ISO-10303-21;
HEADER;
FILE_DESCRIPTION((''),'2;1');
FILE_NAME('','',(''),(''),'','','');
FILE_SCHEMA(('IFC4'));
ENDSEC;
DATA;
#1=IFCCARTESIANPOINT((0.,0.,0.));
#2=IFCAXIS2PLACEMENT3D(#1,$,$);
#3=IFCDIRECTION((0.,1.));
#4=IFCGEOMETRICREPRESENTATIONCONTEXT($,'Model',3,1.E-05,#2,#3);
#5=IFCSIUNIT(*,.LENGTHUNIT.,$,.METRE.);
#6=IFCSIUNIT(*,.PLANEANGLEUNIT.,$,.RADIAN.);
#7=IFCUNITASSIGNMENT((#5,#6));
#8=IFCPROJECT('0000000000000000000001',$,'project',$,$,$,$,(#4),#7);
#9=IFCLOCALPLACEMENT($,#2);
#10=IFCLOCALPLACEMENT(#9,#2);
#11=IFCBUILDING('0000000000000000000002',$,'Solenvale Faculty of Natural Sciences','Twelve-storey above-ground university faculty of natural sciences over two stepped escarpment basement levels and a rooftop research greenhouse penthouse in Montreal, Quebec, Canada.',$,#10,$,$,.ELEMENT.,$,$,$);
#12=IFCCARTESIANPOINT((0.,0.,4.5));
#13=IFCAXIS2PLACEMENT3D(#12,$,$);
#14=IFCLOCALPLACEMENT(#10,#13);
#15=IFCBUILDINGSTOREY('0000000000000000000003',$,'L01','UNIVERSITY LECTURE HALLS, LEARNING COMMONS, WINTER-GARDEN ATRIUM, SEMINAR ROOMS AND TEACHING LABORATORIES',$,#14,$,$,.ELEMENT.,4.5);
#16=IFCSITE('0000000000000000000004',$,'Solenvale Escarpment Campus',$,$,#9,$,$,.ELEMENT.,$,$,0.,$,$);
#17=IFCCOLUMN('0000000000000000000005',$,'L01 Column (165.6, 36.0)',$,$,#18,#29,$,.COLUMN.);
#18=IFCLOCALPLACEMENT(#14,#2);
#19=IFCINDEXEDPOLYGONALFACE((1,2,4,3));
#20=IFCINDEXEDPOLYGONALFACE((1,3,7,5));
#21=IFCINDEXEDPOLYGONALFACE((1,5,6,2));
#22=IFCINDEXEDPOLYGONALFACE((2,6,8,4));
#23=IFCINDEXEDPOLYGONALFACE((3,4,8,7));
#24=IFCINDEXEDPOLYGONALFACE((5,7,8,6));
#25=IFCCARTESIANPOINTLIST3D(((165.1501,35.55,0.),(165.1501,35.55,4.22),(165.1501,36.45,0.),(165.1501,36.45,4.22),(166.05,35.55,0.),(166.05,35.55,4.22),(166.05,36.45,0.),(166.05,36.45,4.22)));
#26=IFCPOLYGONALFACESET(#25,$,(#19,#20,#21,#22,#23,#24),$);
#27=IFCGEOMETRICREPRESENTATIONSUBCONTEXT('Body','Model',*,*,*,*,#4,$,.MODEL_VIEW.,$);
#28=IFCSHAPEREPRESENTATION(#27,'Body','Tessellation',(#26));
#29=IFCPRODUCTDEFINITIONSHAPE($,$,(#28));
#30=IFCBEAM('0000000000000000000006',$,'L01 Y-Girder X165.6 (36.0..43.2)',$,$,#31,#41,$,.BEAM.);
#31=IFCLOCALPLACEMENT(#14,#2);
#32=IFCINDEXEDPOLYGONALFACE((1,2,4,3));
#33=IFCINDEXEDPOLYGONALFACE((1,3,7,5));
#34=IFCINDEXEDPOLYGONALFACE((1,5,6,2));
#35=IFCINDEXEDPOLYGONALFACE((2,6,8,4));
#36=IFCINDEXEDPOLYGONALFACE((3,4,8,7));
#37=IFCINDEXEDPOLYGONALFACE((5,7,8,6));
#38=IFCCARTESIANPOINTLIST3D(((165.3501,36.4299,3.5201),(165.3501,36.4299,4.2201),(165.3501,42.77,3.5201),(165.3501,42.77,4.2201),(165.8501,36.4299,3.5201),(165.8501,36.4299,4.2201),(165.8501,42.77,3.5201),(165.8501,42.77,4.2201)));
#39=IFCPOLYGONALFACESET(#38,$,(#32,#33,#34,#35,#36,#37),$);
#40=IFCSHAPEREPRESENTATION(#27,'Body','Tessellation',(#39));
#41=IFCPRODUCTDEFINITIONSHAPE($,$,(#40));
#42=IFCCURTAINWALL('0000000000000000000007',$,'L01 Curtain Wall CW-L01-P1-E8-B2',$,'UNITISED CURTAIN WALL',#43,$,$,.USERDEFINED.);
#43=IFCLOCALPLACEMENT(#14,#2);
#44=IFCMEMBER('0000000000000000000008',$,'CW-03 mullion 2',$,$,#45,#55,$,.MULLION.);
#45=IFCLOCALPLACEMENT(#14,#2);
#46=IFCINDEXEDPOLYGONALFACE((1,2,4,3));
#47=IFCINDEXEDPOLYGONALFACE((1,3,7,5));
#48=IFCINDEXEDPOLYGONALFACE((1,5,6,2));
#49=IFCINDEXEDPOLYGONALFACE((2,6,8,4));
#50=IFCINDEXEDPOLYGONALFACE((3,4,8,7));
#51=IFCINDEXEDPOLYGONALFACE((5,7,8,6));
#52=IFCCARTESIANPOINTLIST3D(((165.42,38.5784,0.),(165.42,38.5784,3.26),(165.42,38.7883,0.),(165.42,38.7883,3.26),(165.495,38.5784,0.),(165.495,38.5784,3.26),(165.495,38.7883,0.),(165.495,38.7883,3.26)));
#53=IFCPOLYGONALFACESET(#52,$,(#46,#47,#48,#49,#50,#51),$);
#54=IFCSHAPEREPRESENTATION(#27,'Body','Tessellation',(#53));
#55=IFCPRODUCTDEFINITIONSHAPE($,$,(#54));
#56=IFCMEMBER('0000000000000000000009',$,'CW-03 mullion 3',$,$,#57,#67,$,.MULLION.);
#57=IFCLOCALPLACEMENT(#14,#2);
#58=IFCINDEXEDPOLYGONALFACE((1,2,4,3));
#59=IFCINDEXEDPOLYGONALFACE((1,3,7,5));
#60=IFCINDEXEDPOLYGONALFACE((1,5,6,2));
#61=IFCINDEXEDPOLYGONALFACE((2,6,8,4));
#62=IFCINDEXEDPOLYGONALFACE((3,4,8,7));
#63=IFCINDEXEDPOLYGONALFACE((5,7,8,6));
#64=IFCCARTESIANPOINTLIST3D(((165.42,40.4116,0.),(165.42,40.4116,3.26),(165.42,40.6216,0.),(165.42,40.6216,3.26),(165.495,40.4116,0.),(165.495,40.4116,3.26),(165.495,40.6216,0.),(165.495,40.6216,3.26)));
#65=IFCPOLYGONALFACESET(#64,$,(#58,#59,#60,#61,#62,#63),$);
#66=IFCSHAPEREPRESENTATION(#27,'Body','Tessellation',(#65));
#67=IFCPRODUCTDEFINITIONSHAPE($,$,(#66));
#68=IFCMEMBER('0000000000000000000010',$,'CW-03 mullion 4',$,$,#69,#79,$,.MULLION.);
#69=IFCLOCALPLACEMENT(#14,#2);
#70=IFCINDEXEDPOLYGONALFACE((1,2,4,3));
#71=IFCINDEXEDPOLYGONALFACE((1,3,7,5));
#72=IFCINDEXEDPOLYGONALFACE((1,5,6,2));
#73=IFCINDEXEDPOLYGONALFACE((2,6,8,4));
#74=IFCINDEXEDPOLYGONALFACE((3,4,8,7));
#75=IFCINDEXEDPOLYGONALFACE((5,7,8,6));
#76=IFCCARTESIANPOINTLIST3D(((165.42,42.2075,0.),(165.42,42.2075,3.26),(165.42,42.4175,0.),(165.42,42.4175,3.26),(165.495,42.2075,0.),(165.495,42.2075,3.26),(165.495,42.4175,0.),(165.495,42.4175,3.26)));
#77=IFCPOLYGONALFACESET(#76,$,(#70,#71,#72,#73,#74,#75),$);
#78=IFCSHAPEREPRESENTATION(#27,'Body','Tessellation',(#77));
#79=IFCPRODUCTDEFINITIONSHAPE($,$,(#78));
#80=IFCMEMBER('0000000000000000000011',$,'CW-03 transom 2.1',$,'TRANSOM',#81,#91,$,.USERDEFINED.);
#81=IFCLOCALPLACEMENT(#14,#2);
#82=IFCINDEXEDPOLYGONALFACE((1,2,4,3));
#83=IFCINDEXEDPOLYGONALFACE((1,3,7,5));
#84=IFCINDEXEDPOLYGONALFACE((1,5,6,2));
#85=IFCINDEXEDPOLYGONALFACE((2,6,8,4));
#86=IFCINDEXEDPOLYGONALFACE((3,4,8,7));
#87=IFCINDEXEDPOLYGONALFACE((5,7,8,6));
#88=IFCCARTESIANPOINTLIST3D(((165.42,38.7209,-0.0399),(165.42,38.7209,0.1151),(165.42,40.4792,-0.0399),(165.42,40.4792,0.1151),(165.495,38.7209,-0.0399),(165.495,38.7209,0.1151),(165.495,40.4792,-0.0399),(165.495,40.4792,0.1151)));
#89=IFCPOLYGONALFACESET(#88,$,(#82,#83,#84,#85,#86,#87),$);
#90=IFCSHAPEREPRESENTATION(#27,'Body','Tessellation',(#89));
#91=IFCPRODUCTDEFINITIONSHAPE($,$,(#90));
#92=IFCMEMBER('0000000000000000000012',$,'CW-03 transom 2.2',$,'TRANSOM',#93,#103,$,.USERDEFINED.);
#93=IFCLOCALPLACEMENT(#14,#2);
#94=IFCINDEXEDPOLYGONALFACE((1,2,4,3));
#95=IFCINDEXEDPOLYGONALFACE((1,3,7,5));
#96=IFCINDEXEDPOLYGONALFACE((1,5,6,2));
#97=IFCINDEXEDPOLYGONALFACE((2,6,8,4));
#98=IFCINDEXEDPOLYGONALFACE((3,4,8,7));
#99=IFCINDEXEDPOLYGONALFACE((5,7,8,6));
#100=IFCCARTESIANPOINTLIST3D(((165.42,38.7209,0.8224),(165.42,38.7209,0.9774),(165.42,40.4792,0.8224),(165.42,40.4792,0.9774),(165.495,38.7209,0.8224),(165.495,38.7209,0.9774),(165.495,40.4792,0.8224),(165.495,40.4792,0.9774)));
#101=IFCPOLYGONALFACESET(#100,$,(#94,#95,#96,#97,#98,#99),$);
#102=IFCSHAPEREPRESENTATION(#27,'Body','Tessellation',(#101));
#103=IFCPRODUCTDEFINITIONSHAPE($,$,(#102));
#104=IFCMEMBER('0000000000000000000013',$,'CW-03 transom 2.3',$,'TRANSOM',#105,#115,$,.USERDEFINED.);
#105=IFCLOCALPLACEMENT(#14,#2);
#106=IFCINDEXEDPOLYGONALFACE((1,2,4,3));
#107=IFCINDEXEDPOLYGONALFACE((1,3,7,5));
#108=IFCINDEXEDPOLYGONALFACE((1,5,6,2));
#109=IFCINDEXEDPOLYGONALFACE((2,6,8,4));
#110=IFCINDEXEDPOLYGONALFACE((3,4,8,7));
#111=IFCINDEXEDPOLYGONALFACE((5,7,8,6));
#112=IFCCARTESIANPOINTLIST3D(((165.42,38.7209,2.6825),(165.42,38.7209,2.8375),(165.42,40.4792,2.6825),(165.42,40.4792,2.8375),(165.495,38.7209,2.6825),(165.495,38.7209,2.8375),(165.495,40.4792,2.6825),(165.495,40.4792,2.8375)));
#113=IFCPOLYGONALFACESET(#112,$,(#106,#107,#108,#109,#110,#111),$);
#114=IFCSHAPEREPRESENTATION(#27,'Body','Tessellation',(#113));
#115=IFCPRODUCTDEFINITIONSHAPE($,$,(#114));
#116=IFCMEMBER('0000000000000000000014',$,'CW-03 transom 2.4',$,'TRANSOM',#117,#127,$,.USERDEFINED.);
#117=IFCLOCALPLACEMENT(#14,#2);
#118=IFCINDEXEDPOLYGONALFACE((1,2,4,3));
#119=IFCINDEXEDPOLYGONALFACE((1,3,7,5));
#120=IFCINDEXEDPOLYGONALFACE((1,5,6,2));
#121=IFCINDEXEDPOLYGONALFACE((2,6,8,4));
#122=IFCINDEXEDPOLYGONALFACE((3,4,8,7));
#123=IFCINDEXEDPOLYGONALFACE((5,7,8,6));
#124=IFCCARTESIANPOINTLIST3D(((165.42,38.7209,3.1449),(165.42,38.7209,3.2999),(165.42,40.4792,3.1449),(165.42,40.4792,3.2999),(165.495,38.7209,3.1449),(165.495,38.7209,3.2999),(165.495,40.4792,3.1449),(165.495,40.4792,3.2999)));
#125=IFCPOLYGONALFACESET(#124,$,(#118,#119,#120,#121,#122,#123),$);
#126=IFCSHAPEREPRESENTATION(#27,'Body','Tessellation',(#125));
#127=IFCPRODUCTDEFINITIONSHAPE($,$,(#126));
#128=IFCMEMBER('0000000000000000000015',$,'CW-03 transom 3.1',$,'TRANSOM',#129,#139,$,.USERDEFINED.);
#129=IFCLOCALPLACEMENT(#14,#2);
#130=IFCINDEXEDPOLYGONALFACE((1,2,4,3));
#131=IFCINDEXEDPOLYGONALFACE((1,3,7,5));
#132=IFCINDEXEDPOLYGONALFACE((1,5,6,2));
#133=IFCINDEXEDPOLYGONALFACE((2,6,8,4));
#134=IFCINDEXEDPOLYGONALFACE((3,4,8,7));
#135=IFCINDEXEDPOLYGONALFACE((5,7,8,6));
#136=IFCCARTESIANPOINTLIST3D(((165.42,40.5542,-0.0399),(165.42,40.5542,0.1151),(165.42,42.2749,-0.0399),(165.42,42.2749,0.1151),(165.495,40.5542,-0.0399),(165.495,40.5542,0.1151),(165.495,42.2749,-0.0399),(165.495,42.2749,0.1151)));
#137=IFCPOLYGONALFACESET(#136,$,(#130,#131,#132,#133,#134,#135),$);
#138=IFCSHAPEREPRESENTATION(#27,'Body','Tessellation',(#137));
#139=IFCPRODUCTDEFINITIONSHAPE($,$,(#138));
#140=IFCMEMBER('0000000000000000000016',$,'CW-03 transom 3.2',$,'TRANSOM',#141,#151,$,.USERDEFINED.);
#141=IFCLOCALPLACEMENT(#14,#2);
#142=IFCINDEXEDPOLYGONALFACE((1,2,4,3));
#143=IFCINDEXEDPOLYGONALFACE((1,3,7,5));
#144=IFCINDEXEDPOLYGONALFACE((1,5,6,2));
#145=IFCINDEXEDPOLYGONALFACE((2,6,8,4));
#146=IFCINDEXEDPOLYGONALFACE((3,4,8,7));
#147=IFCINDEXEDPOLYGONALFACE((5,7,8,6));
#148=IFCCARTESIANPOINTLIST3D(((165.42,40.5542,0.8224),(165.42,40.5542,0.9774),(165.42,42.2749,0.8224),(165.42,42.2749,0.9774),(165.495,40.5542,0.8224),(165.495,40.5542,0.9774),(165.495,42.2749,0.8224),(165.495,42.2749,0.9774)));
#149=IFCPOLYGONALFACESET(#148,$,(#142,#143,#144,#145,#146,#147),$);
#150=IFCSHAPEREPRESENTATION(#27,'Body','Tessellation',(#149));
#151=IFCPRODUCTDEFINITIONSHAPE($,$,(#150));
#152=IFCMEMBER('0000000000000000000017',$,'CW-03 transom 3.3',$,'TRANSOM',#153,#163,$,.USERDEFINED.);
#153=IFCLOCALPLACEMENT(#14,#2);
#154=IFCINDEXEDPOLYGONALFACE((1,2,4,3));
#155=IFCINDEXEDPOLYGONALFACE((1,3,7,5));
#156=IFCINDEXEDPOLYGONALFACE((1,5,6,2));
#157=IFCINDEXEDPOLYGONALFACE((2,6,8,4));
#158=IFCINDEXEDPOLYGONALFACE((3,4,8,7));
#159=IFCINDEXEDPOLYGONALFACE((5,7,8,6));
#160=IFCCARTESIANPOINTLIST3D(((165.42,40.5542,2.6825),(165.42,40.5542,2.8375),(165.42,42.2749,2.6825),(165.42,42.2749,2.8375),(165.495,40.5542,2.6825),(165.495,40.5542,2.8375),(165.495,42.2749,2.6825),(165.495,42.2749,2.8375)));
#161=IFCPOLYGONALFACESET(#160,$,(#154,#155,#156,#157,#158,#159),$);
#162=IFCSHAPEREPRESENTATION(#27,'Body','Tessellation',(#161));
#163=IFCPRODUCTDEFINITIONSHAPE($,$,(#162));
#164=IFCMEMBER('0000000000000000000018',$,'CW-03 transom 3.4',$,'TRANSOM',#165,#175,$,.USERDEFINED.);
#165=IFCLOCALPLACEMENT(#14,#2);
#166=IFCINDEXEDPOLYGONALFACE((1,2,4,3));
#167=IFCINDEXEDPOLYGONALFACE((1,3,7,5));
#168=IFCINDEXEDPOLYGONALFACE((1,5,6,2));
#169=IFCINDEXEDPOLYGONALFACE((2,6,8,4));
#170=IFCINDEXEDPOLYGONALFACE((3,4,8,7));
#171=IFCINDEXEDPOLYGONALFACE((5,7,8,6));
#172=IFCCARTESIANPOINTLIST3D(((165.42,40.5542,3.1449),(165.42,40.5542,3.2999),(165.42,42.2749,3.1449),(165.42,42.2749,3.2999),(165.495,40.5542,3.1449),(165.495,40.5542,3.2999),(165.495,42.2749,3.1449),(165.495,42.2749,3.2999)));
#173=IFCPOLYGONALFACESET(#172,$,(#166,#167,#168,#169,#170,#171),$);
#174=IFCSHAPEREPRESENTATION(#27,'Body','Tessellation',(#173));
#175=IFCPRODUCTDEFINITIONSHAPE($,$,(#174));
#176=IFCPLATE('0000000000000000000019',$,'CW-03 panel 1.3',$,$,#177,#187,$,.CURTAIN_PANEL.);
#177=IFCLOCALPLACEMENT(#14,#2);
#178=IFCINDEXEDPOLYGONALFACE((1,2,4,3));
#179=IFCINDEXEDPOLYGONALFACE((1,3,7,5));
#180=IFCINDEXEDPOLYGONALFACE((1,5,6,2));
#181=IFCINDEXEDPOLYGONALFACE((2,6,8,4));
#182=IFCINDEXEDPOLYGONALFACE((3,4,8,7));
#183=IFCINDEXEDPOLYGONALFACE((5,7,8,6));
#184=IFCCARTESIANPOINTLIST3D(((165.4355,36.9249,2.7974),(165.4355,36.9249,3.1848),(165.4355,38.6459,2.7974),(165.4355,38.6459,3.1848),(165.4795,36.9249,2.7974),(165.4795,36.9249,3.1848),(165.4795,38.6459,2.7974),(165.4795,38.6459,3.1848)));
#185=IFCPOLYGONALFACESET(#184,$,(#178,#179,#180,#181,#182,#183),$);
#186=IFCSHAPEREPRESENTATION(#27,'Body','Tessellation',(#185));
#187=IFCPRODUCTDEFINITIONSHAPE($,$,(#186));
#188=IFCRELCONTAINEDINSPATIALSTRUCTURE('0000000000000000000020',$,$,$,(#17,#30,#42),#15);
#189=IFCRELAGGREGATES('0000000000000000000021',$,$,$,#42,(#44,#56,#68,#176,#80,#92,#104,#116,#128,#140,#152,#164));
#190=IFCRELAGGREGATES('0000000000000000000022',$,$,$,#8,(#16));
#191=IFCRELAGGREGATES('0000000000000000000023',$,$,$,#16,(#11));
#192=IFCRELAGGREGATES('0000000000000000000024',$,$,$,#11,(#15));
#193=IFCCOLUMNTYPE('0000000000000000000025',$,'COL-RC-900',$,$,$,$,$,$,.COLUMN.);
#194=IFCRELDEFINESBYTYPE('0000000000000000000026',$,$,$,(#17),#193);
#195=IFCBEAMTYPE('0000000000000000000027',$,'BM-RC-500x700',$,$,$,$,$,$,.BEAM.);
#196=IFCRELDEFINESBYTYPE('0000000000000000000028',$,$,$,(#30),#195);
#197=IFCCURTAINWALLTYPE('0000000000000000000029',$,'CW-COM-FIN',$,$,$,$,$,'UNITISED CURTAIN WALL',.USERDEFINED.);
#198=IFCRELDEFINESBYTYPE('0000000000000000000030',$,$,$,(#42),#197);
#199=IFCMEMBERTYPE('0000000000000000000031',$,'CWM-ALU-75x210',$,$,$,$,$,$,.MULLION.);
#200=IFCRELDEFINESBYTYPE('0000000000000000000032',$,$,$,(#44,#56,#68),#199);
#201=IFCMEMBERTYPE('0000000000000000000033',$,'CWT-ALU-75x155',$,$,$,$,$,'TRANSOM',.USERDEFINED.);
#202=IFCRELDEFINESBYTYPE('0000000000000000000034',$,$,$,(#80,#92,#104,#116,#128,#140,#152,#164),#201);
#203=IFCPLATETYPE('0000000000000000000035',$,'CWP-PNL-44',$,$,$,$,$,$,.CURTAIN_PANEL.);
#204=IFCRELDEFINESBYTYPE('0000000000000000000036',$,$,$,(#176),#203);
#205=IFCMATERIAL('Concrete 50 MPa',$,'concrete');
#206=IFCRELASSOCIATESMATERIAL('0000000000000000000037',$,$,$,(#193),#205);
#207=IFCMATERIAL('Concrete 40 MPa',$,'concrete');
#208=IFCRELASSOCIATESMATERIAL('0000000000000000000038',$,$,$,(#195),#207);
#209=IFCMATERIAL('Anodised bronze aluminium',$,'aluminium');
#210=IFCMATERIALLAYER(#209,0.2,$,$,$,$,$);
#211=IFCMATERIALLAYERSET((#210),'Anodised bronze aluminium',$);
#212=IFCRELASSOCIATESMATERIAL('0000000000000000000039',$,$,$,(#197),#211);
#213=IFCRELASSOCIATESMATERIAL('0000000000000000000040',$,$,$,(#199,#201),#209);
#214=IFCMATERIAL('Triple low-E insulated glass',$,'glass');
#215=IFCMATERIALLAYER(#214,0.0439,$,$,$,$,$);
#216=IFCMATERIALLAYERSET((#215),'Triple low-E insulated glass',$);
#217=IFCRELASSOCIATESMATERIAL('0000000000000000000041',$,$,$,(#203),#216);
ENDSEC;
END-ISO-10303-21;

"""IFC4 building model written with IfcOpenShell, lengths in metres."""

from ifc_helpers import new_model, si_unit, direction, frame, origin, origin_2d, place, context, subcontext, project, spatial, rectangle, extrude, material, layer, layer_set, material_profile, profile_set, type_object, element, aggregate, save


model = new_model("IFC4")

# Units and contexts
model_context = context("Model", 3, precision=1e-05, world=origin(), true_north=direction((0.0, 1.0)))
body_context = subcontext(model_context, "Body", "Model", "MODEL_VIEW")
ifc_project = project(units=[si_unit("LENGTHUNIT", "METRE"), si_unit("PLANEANGLEUNIT", "RADIAN")], contexts=[model_context])

# Site, building, storey
site_placement = place(None, origin())
site = spatial("IfcSite", under=ifc_project, at=site_placement, Name="Solenvale Escarpment Campus", CompositionType="ELEMENT", RefElevation=0.0)
building_placement = place(site_placement, origin())
building = spatial("IfcBuilding", under=site, at=building_placement, Name="Solenvale Faculty of Natural Sciences", Description="Twelve-storey above-ground university faculty of natural sciences over two stepped escarpment basement levels and a rooftop research greenhouse penthouse in Montreal, Quebec, Canada.", CompositionType="ELEMENT")
storey_placement = place(building_placement, frame((0.0, 0.0, 4.5)))
storey = spatial("IfcBuildingStorey", under=building, at=storey_placement, Name="L01", Description="UNIVERSITY LECTURE HALLS, LEARNING COMMONS, WINTER-GARDEN ATRIUM, SEMINAR ROOMS AND TEACHING LABORATORIES", CompositionType="ELEMENT", Elevation=4.5)

# Column
ifc_material_1 = material(Name="Concrete 50 MPa", Category="concrete")
ifc_material_profile_1 = material_profile(ifc_material_1, rectangle(XDim=0.8999, YDim=0.8999, at=origin_2d()), Name="RC-COL-900x900")
ifc_profile_set_1 = profile_set([ifc_material_profile_1], Name="Concrete 50 MPa")
column_type = type_object("IfcColumnType", Name="COL-RC-900", PredefinedType="COLUMN", material=ifc_profile_set_1)
column_placement = place(storey_placement, frame((165.6001, 36.0, 0.0), z_axis=(0.0, 0.0, 1.0), x_axis=(1.0, 0.0, 0.0)))
element("IfcColumn", 1, at=column_placement, inside=storey, type_object=column_type, Name="L01 Column (165.6, 36.0)", PredefinedType="COLUMN", context=body_context, shape_type="SweptSolid", body=[
    extrude(rectangle(XDim=0.8999, YDim=0.8999, at=origin_2d()), origin(), (0.0, 0.0, 1.0), 4.22),
])

# Beam
ifc_material_2 = material(Name="Concrete 40 MPa", Category="concrete")
ifc_material_profile_2 = material_profile(ifc_material_2, rectangle(XDim=0.5, YDim=0.7, at=origin_2d()), Name="RC-BM-500x700")
ifc_profile_set_2 = profile_set([ifc_material_profile_2], Name="Concrete 40 MPa")
beam_type = type_object("IfcBeamType", Name="BM-RC-500x700", PredefinedType="BEAM", material=ifc_profile_set_2)
beam_placement = place(storey_placement, frame((165.6001, 36.4299, 3.8701), z_axis=(0.0, 1.0, 0.0), x_axis=(-1.0, 0.0, 0.0)))
element("IfcBeam", 2, at=beam_placement, inside=storey, type_object=beam_type, Name="L01 Y-Girder X165.6 (36.0..43.2)", PredefinedType="BEAM", context=body_context, shape_type="SweptSolid", body=[
    extrude(rectangle(XDim=0.5, YDim=0.7, at=origin_2d()), origin(), (0.0, 0.0, 1.0), 6.3401),
])

# Curtain wall, members, plate
ifc_material_3 = material(Name="Anodised bronze aluminium", Category="aluminium")
ifc_layer_1 = layer(ifc_material_3, 0.2)
ifc_layer_set_1 = layer_set([ifc_layer_1], Name="Anodised bronze aluminium")
curtain_wall_type = type_object("IfcCurtainWallType", Name="CW-COM-FIN", ElementType="UNITISED CURTAIN WALL", PredefinedType="USERDEFINED", material=ifc_layer_set_1)
curtain_wall_placement = place(storey_placement, origin())
curtain_wall = element("IfcCurtainWall", 3, at=curtain_wall_placement, inside=storey, type_object=curtain_wall_type, Name="L01 Curtain Wall CW-L01-P1-E8-B2", ObjectType="UNITISED CURTAIN WALL", PredefinedType="USERDEFINED")
ifc_material_profile_3 = material_profile(ifc_material_3, rectangle(XDim=0.075, YDim=0.21, at=origin_2d()), Name="ALU-MUL-75x210")
ifc_profile_set_3 = profile_set([ifc_material_profile_3], Name="Anodised bronze aluminium")
member_type_1 = type_object("IfcMemberType", Name="CWM-ALU-75x210", PredefinedType="MULLION", material=ifc_profile_set_3)
member_1_placement = place(storey_placement, frame((165.4575, 38.6833, 0.0), z_axis=(0.0, 0.0, 1.0), x_axis=(-1.0, 0.0, 0.0)))
member_1 = element("IfcMember", 4, at=member_1_placement, type_object=member_type_1, Name="CW-03 mullion 2", PredefinedType="MULLION", context=body_context, shape_type="SweptSolid", body=[
    extrude(rectangle(XDim=0.075, YDim=0.21, at=origin_2d()), origin(), (0.0, 0.0, 1.0), 3.26),
])
member_2_placement = place(storey_placement, frame((165.4575, 40.5166, 0.0), z_axis=(0.0, 0.0, 1.0), x_axis=(-1.0, 0.0, 0.0)))
member_2 = element("IfcMember", 5, at=member_2_placement, type_object=member_type_1, Name="CW-03 mullion 3", PredefinedType="MULLION", context=body_context, shape_type="SweptSolid", body=[
    extrude(rectangle(XDim=0.075, YDim=0.21, at=origin_2d()), origin(), (0.0, 0.0, 1.0), 3.26),
])
member_3_placement = place(storey_placement, frame((165.4575, 42.3125, 0.0), z_axis=(0.0, 0.0, 1.0), x_axis=(-1.0, 0.0, 0.0)))
member_3 = element("IfcMember", 6, at=member_3_placement, type_object=member_type_1, Name="CW-03 mullion 4", PredefinedType="MULLION", context=body_context, shape_type="SweptSolid", body=[
    extrude(rectangle(XDim=0.075, YDim=0.21, at=origin_2d()), origin(), (0.0, 0.0, 1.0), 3.26),
])
ifc_material_profile_4 = material_profile(ifc_material_3, rectangle(XDim=0.075, YDim=0.155, at=origin_2d()), Name="ALU-TRN-75x155")
ifc_profile_set_4 = profile_set([ifc_material_profile_4], Name="Anodised bronze aluminium")
member_type_2 = type_object("IfcMemberType", Name="CWT-ALU-75x155", ElementType="TRANSOM", PredefinedType="USERDEFINED", material=ifc_profile_set_4)
member_4_placement = place(storey_placement, frame((165.4575, 38.7209, 0.0376), z_axis=(0.0, 1.0, 0.0), x_axis=(-1.0, 0.0, 0.0)))
member_4 = element("IfcMember", 7, at=member_4_placement, type_object=member_type_2, Name="CW-03 transom 2.1", ObjectType="TRANSOM", PredefinedType="USERDEFINED", context=body_context, shape_type="SweptSolid", body=[
    extrude(rectangle(XDim=0.075, YDim=0.155, at=origin_2d()), origin(), (0.0, 0.0, 1.0), 1.7583),
])
member_5_placement = place(storey_placement, frame((165.4575, 38.7209, 0.8999), z_axis=(0.0, 1.0, 0.0), x_axis=(-1.0, 0.0, 0.0)))
member_5 = element("IfcMember", 8, at=member_5_placement, type_object=member_type_2, Name="CW-03 transom 2.2", ObjectType="TRANSOM", PredefinedType="USERDEFINED", context=body_context, shape_type="SweptSolid", body=[
    extrude(rectangle(XDim=0.075, YDim=0.155, at=origin_2d()), origin(), (0.0, 0.0, 1.0), 1.7583),
])
member_6_placement = place(storey_placement, frame((165.4575, 38.7209, 2.76), z_axis=(0.0, 1.0, 0.0), x_axis=(-1.0, 0.0, 0.0)))
member_6 = element("IfcMember", 9, at=member_6_placement, type_object=member_type_2, Name="CW-03 transom 2.3", ObjectType="TRANSOM", PredefinedType="USERDEFINED", context=body_context, shape_type="SweptSolid", body=[
    extrude(rectangle(XDim=0.075, YDim=0.155, at=origin_2d()), origin(), (0.0, 0.0, 1.0), 1.7583),
])
member_7_placement = place(storey_placement, frame((165.4575, 38.7209, 3.2224), z_axis=(0.0, 1.0, 0.0), x_axis=(-1.0, 0.0, 0.0)))
member_7 = element("IfcMember", 10, at=member_7_placement, type_object=member_type_2, Name="CW-03 transom 2.4", ObjectType="TRANSOM", PredefinedType="USERDEFINED", context=body_context, shape_type="SweptSolid", body=[
    extrude(rectangle(XDim=0.075, YDim=0.155, at=origin_2d()), origin(), (0.0, 0.0, 1.0), 1.7583),
])
member_8_placement = place(storey_placement, frame((165.4575, 40.5542, 0.0376), z_axis=(0.0, 1.0, 0.0), x_axis=(-1.0, 0.0, 0.0)))
member_8 = element("IfcMember", 11, at=member_8_placement, type_object=member_type_2, Name="CW-03 transom 3.1", ObjectType="TRANSOM", PredefinedType="USERDEFINED", context=body_context, shape_type="SweptSolid", body=[
    extrude(rectangle(XDim=0.075, YDim=0.155, at=origin_2d()), origin(), (0.0, 0.0, 1.0), 1.7207),
])
member_9_placement = place(storey_placement, frame((165.4575, 40.5542, 0.8999), z_axis=(0.0, 1.0, 0.0), x_axis=(-1.0, 0.0, 0.0)))
member_9 = element("IfcMember", 12, at=member_9_placement, type_object=member_type_2, Name="CW-03 transom 3.2", ObjectType="TRANSOM", PredefinedType="USERDEFINED", context=body_context, shape_type="SweptSolid", body=[
    extrude(rectangle(XDim=0.075, YDim=0.155, at=origin_2d()), origin(), (0.0, 0.0, 1.0), 1.7207),
])
member_10_placement = place(storey_placement, frame((165.4575, 40.5542, 2.76), z_axis=(0.0, 1.0, 0.0), x_axis=(-1.0, 0.0, 0.0)))
member_10 = element("IfcMember", 13, at=member_10_placement, type_object=member_type_2, Name="CW-03 transom 3.3", ObjectType="TRANSOM", PredefinedType="USERDEFINED", context=body_context, shape_type="SweptSolid", body=[
    extrude(rectangle(XDim=0.075, YDim=0.155, at=origin_2d()), origin(), (0.0, 0.0, 1.0), 1.7207),
])
member_11_placement = place(storey_placement, frame((165.4575, 40.5542, 3.2224), z_axis=(0.0, 1.0, 0.0), x_axis=(-1.0, 0.0, 0.0)))
member_11 = element("IfcMember", 14, at=member_11_placement, type_object=member_type_2, Name="CW-03 transom 3.4", ObjectType="TRANSOM", PredefinedType="USERDEFINED", context=body_context, shape_type="SweptSolid", body=[
    extrude(rectangle(XDim=0.075, YDim=0.155, at=origin_2d()), origin(), (0.0, 0.0, 1.0), 1.7207),
])
ifc_material_4 = material(Name="Triple low-E insulated glass", Category="glass")
ifc_layer_2 = layer(ifc_material_4, 0.0439)
ifc_layer_set_2 = layer_set([ifc_layer_2], Name="Triple low-E insulated glass")
plate_type = type_object("IfcPlateType", Name="CWP-PNL-44", PredefinedType="CURTAIN_PANEL", material=ifc_layer_set_2)
plate_1_placement = place(storey_placement, frame((165.4575, 37.7854, 2.7974), z_axis=(0.0, 0.0, 1.0), x_axis=(0.0, 1.0, 0.0)))
plate_1 = element("IfcPlate", 15, at=plate_1_placement, type_object=plate_type, Name="CW-03 panel 1.3", PredefinedType="CURTAIN_PANEL", context=body_context, shape_type="SweptSolid", body=[
    extrude(rectangle(XDim=1.7209, YDim=0.0439, at=origin_2d()), origin(), (0.0, 0.0, 1.0), 0.3875),
])
aggregate(curtain_wall, [member_1, member_2, member_3, plate_1, member_4, member_5, member_6, member_7, member_8, member_9, member_10, member_11])

save(model, "model.ifc")
